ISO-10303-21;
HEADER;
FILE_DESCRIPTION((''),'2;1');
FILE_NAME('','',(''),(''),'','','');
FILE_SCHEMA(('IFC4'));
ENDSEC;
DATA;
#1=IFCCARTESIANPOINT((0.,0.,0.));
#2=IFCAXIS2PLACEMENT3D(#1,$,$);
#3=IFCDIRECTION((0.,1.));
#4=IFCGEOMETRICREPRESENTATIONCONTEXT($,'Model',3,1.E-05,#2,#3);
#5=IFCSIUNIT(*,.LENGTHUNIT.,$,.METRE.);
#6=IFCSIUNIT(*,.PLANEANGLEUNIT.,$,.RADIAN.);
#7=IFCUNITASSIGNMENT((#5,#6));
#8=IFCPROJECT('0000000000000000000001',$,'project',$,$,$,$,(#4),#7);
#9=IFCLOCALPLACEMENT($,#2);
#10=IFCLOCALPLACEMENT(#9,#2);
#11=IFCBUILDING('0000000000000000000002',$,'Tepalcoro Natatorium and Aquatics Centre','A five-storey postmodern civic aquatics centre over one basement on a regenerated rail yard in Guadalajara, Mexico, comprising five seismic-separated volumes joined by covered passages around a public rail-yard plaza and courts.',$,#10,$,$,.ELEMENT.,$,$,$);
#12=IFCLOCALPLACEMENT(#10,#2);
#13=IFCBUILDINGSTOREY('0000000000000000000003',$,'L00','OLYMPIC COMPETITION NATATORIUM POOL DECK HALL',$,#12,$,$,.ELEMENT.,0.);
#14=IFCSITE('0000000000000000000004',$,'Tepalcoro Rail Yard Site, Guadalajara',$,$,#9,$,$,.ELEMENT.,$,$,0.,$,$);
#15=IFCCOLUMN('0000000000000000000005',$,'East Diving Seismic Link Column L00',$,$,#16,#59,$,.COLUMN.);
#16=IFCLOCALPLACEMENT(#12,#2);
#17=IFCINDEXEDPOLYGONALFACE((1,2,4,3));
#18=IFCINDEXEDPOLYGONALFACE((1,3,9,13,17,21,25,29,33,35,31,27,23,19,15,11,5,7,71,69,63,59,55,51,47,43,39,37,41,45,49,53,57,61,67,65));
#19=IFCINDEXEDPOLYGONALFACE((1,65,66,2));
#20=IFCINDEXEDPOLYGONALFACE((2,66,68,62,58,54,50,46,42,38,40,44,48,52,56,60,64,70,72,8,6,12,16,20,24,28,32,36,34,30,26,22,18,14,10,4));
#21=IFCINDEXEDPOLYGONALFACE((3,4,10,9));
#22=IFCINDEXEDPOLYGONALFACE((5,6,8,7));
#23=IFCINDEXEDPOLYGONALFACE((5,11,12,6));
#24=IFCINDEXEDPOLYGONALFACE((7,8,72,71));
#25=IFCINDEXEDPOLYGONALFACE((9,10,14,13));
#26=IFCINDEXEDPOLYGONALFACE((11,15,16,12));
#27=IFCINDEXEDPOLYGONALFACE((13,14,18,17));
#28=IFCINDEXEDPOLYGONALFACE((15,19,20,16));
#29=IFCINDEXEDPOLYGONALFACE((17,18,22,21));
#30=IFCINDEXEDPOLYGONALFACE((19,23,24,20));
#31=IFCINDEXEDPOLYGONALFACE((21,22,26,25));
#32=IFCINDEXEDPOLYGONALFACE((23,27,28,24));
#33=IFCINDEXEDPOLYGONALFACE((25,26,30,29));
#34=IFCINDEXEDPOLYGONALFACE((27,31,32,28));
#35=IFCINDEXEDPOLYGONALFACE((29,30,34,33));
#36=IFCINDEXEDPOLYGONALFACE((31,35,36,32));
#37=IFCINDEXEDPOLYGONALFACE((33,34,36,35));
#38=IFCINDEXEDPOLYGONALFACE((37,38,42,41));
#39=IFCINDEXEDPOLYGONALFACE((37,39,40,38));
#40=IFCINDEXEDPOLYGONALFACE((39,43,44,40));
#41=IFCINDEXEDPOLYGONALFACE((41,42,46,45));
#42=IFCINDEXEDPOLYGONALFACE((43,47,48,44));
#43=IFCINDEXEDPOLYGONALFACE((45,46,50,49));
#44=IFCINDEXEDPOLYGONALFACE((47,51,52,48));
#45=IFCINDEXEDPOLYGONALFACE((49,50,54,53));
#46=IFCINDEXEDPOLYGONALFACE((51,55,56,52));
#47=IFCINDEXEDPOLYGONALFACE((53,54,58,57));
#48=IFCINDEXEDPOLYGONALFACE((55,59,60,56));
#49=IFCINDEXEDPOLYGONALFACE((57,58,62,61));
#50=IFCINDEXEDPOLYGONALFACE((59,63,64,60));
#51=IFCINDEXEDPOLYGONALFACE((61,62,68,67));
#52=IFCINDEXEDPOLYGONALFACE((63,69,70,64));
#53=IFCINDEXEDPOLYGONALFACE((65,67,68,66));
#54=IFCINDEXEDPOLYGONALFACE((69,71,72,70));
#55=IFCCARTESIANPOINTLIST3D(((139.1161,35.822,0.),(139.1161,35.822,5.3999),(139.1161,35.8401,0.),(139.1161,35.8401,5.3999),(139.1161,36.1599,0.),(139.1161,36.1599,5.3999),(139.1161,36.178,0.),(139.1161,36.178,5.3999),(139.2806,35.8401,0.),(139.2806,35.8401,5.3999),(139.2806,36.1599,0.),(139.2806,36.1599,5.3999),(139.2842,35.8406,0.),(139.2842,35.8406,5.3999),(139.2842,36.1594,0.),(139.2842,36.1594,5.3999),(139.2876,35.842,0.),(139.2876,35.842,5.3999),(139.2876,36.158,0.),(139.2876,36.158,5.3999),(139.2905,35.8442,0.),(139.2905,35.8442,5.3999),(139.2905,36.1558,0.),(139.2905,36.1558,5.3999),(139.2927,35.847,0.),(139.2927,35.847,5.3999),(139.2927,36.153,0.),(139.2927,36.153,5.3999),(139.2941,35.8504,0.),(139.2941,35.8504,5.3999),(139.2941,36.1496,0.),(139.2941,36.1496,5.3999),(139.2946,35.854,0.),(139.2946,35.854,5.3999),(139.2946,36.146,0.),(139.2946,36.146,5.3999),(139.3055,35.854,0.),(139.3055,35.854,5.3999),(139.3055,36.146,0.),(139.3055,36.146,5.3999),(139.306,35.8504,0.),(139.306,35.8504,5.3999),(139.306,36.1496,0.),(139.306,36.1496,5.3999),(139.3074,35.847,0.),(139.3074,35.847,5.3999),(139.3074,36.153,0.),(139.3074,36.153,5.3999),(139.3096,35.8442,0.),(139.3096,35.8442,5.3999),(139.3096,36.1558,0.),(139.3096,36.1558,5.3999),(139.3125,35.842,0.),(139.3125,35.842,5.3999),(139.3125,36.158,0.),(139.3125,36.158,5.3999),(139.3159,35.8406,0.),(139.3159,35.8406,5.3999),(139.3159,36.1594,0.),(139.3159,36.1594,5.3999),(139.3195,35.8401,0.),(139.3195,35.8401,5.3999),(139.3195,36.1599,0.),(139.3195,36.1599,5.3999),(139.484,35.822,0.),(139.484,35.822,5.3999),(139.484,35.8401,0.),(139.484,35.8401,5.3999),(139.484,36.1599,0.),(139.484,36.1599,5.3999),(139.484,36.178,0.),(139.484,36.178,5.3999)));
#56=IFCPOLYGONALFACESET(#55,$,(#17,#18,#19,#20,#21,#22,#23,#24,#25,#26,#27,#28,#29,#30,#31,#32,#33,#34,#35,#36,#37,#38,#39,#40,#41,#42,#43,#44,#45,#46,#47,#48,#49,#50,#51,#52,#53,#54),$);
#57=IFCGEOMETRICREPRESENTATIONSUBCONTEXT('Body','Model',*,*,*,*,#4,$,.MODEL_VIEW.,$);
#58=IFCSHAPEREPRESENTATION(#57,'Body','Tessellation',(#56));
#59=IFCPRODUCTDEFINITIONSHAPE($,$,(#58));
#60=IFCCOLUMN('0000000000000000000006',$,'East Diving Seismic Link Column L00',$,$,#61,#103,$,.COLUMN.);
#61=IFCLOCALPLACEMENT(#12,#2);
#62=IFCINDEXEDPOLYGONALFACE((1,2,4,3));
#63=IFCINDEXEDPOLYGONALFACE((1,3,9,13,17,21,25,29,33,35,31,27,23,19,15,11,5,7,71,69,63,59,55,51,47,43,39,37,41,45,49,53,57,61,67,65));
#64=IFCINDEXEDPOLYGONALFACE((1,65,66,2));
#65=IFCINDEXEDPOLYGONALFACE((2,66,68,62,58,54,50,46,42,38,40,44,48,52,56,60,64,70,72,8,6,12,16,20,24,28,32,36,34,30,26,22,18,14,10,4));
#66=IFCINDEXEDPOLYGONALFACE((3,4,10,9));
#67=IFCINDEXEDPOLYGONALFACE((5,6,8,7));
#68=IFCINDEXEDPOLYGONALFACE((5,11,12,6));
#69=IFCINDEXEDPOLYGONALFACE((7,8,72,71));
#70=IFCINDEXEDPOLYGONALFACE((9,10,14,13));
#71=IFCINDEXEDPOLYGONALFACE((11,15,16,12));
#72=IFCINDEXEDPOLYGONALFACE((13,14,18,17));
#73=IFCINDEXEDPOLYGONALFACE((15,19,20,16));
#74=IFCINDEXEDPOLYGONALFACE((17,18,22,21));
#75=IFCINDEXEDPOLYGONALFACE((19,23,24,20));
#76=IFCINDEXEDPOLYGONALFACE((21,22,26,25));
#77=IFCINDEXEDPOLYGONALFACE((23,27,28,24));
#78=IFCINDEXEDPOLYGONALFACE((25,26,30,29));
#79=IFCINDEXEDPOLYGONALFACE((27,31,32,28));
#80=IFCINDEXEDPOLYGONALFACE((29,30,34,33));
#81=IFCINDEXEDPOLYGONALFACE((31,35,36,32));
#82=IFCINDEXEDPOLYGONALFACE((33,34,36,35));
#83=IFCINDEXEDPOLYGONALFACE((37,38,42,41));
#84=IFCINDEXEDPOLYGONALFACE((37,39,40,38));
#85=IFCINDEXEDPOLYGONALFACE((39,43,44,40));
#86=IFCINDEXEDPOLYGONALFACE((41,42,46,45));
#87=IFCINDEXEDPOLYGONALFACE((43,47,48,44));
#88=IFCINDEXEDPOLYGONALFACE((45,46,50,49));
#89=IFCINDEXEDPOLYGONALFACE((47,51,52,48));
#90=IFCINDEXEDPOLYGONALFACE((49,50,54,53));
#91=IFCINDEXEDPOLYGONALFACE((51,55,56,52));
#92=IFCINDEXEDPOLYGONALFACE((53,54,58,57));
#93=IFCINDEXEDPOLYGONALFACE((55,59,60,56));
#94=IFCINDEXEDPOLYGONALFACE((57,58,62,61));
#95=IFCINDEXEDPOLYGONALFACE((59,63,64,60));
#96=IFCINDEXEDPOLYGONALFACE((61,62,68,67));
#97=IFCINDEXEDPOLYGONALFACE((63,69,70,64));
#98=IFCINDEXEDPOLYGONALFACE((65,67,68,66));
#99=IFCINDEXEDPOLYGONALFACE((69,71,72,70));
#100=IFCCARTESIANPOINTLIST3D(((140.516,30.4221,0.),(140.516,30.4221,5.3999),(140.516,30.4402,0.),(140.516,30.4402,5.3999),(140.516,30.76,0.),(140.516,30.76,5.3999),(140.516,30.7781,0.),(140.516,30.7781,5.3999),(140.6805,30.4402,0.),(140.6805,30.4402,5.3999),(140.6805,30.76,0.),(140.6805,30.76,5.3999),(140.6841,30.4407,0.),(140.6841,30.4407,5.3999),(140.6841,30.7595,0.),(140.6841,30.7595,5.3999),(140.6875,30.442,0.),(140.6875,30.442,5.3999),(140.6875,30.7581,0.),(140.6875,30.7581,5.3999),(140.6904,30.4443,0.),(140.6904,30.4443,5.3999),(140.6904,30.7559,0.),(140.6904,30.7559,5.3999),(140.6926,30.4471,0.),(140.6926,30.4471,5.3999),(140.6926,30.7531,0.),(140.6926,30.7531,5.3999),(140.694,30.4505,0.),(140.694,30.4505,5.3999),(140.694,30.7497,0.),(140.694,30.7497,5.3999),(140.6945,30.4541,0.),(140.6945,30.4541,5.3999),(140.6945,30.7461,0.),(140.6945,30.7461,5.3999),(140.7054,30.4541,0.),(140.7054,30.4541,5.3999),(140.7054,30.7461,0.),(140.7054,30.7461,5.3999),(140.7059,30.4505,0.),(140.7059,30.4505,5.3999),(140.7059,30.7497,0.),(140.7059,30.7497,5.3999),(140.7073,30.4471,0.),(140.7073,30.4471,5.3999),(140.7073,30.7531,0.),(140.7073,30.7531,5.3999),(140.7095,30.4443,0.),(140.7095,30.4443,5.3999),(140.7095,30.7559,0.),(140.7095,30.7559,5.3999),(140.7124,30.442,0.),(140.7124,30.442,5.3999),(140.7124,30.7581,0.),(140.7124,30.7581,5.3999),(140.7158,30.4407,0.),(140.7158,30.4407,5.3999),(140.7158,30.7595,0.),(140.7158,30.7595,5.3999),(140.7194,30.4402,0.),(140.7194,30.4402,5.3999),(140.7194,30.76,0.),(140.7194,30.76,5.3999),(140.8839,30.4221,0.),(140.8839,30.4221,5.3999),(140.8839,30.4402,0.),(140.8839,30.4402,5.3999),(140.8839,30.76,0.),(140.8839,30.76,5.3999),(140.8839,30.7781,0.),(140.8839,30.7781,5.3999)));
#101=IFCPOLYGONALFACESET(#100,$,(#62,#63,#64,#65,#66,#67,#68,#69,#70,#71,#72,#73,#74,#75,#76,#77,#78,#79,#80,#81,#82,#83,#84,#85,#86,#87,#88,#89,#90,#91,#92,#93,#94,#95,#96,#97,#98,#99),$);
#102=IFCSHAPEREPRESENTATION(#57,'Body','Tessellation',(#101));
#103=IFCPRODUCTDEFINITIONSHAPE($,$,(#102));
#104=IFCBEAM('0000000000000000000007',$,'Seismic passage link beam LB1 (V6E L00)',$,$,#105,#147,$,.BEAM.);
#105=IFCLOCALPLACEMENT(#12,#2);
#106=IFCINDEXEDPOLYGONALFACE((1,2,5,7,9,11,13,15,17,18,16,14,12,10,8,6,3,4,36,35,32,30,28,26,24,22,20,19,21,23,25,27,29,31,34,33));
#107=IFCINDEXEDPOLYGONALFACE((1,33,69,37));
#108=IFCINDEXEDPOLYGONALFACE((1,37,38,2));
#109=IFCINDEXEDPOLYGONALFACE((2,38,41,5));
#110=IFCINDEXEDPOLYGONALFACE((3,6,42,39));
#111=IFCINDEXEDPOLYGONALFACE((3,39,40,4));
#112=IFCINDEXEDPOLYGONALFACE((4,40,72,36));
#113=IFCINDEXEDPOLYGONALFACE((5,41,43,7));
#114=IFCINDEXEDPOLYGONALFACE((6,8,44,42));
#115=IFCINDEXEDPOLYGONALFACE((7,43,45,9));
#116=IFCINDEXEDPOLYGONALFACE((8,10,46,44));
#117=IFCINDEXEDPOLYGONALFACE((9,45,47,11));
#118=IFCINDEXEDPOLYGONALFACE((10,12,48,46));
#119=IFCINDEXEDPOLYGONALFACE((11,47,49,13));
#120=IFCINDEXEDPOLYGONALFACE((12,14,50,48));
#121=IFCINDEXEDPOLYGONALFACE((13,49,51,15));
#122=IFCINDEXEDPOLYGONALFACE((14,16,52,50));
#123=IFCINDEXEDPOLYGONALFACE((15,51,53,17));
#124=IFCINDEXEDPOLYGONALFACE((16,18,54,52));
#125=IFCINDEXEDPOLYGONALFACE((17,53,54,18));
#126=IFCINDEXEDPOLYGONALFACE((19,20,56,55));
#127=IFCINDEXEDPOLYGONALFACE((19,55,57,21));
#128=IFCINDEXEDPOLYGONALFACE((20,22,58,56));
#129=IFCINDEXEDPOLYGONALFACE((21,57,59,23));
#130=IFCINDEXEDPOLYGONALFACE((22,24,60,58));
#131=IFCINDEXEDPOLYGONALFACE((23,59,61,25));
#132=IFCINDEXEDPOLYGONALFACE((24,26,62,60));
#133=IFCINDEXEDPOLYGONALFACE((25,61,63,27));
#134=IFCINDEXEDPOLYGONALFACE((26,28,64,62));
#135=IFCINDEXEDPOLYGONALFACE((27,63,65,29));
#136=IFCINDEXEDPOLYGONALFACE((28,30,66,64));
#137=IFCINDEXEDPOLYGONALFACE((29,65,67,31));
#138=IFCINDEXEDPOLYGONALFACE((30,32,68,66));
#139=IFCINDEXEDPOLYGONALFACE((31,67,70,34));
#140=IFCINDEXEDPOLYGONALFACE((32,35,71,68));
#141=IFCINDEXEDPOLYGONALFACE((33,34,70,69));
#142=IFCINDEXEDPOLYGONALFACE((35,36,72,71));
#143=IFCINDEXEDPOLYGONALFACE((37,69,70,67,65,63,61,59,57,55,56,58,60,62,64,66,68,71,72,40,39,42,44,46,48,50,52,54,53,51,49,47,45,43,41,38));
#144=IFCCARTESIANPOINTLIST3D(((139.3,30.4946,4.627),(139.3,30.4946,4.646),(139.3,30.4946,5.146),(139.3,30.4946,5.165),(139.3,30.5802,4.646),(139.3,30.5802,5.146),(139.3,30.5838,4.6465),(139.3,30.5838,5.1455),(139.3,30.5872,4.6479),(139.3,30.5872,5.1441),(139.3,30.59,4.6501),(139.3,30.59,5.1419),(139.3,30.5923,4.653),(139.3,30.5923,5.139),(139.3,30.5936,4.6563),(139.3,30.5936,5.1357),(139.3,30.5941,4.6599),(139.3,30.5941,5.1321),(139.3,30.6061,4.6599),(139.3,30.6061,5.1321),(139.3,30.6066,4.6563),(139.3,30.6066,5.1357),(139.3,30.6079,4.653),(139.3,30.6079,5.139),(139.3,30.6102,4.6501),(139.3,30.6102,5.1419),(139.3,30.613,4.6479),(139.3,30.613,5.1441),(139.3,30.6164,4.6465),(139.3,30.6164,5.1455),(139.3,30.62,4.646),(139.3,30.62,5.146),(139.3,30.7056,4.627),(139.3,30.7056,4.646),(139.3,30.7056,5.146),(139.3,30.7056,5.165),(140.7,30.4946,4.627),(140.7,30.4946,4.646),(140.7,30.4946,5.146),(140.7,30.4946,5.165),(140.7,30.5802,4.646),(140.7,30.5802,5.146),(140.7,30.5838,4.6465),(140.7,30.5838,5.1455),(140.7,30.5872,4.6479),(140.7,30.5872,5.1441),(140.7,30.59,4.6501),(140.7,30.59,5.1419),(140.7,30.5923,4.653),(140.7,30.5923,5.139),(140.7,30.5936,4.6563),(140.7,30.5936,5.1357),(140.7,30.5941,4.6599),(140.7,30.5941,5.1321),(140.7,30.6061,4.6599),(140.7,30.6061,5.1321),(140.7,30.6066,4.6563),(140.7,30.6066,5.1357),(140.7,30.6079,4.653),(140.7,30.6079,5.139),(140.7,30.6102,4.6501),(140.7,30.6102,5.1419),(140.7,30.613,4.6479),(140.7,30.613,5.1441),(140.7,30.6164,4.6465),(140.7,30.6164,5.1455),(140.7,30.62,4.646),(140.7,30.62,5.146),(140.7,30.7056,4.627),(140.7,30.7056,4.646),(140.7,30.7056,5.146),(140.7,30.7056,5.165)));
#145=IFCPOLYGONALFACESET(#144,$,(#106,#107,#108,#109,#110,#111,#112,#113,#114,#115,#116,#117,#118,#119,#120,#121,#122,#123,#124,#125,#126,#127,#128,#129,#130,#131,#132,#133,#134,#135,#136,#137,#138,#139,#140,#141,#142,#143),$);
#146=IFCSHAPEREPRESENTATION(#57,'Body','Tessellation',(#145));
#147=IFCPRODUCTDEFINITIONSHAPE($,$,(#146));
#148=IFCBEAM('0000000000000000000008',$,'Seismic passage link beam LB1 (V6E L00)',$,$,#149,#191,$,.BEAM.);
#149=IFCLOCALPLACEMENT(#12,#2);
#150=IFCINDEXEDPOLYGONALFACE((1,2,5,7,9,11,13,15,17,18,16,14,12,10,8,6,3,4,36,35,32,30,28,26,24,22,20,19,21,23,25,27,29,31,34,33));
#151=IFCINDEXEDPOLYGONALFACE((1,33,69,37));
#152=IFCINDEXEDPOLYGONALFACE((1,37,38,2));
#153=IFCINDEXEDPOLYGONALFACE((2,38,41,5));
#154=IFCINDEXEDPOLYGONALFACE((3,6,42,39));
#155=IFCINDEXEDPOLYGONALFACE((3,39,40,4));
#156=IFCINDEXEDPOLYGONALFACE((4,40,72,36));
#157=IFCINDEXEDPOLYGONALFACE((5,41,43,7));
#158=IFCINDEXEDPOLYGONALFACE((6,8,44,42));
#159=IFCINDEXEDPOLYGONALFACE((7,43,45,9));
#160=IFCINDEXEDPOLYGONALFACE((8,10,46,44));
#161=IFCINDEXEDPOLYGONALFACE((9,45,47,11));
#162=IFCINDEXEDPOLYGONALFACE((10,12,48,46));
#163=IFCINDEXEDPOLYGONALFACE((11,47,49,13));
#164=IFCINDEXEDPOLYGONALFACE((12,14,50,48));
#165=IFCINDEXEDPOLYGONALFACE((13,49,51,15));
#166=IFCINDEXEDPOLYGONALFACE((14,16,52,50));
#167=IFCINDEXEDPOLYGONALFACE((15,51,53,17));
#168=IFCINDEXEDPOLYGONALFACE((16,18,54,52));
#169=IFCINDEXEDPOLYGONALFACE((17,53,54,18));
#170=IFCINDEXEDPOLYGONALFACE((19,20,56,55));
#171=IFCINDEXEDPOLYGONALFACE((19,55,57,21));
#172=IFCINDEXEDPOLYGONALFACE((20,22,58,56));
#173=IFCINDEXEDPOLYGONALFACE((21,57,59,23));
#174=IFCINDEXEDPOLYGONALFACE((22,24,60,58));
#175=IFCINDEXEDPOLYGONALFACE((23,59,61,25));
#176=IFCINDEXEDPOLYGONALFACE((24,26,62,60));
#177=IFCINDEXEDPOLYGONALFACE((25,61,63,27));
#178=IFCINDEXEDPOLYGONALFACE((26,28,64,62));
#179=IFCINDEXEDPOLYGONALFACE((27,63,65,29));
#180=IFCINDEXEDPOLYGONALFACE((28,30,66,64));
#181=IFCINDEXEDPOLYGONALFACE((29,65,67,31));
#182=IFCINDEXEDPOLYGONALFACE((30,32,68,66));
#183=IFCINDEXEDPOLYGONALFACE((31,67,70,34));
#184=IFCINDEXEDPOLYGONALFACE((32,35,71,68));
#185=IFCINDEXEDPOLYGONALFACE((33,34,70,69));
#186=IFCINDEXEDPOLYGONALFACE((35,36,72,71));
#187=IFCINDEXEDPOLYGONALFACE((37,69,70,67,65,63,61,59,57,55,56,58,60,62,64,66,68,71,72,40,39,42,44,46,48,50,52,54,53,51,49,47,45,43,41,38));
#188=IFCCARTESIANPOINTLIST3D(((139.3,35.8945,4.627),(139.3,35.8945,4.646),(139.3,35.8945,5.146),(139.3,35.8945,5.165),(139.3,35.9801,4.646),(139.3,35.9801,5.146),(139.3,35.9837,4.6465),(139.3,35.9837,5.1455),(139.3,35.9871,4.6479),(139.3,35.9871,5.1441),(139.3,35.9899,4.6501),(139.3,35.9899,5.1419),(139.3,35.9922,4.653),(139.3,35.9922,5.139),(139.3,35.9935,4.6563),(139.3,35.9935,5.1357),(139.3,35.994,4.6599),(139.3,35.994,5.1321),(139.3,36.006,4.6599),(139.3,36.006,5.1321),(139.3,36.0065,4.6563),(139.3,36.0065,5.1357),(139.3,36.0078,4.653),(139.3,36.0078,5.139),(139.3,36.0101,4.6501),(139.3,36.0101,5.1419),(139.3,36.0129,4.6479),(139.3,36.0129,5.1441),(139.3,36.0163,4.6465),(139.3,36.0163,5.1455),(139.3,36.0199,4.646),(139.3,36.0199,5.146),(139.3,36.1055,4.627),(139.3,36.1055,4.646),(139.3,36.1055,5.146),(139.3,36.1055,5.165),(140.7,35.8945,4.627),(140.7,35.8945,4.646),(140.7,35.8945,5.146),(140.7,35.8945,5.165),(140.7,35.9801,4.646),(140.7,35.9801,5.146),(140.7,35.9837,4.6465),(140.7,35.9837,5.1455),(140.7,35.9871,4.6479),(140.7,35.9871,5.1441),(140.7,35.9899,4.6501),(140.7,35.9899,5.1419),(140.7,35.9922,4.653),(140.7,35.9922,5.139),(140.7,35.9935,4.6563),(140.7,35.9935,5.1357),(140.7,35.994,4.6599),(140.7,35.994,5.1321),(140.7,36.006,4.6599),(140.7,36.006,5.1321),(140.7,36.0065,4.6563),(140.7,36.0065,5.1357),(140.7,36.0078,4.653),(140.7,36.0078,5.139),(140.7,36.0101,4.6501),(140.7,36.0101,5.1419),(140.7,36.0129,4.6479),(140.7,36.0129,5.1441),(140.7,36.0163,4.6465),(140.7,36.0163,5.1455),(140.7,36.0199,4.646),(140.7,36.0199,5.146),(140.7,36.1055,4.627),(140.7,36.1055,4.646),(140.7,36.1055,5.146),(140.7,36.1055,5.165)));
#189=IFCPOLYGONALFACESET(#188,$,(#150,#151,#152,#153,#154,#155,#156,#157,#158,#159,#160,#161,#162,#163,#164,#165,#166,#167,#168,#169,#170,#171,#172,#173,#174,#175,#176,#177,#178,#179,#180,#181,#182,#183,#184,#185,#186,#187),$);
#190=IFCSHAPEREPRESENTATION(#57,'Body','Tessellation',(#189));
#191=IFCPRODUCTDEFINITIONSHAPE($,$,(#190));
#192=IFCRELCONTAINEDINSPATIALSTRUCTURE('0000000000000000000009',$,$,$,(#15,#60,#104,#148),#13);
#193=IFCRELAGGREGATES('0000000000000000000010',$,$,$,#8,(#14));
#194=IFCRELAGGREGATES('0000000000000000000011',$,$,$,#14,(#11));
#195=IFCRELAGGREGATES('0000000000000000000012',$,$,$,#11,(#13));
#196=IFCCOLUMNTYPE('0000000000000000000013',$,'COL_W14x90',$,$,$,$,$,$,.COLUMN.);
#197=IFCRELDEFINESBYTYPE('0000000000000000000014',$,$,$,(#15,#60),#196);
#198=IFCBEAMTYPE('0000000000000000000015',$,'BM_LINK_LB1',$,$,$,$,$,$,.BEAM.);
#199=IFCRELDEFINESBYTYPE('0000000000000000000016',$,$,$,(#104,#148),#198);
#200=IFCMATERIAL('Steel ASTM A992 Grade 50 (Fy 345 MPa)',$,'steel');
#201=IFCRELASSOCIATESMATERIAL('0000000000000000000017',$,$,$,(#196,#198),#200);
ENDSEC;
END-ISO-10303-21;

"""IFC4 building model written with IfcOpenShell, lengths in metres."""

from ifc_helpers import new_model, si_unit, direction, frame, origin, origin_2d, place, context, subcontext, project, spatial, i_section, extrude, material, material_profile, profile_set, type_object, element, save


model = new_model("IFC4")

# Units and contexts
model_context = context("Model", 3, precision=1e-05, world=origin(), true_north=direction((0.0, 1.0)))
body_context = subcontext(model_context, "Body", "Model", "MODEL_VIEW")
ifc_project = project(units=[si_unit("LENGTHUNIT", "METRE"), si_unit("PLANEANGLEUNIT", "RADIAN")], contexts=[model_context])

# Site, building, storey
site_placement = place(None, origin())
site = spatial("IfcSite", under=ifc_project, at=site_placement, Name="Tepalcoro Rail Yard Site, Guadalajara", CompositionType="ELEMENT", RefElevation=0.0)
building_placement = place(site_placement, origin())
building = spatial("IfcBuilding", under=site, at=building_placement, Name="Tepalcoro Natatorium and Aquatics Centre", Description="A five-storey postmodern civic aquatics centre over one basement on a regenerated rail yard in Guadalajara, Mexico, comprising five seismic-separated volumes joined by covered passages around a public rail-yard plaza and courts.", CompositionType="ELEMENT")
storey_placement = place(building_placement, origin())
storey = spatial("IfcBuildingStorey", under=building, at=storey_placement, Name="L00", Description="OLYMPIC COMPETITION NATATORIUM POOL DECK HALL", CompositionType="ELEMENT", Elevation=0.0)

# Columns
ifc_material_1 = material(Name="Steel ASTM A992 Grade 50 (Fy 345 MPa)", Category="steel")
ifc_material_profile_1 = material_profile(ifc_material_1, i_section(OverallWidth=0.3679, OverallDepth=0.356, WebThickness=0.011, FlangeThickness=0.0181, FilletRadius=0.0139, at=origin_2d()), Name="W14X90")
ifc_profile_set_1 = profile_set([ifc_material_profile_1], Name="Steel ASTM A992 Grade 50 (Fy 345 MPa)")
column_type_1 = type_object("IfcColumnType", Name="COL_W14x90", PredefinedType="COLUMN", material=ifc_profile_set_1)
for number, where, z_axis, x_axis, name in (
    (1, (139.3, 36.0, 0.0), (0.0, 0.0, 1.0), (1.0, 0.0, 0.0), "East Diving Seismic Link Column L00"),
    (2, (140.7, 30.6001, 0.0), (0.0, 0.0, 1.0), (1.0, 0.0, 0.0), "East Diving Seismic Link Column L00"),
):
    element("IfcColumn", number, at=place(storey_placement, frame(where, z_axis=z_axis, x_axis=x_axis)), inside=storey, type_object=column_type_1, Name=name, PredefinedType="COLUMN", context=body_context, shape_type="SweptSolid", body=[
        extrude(i_section(OverallWidth=0.3679, OverallDepth=0.356, WebThickness=0.011, FlangeThickness=0.0181, FilletRadius=0.0139, at=origin_2d()), origin(), (0.0, 0.0, 1.0), 5.3999),
    ])

# Beams
ifc_material_profile_2 = material_profile(ifc_material_1, i_section(OverallWidth=0.2109, OverallDepth=0.5381, WebThickness=0.012, FlangeThickness=0.019, FilletRadius=0.0139, at=origin_2d()), Name="W21X73")
ifc_profile_set_2 = profile_set([ifc_material_profile_2], Name="Steel ASTM A992 Grade 50 (Fy 345 MPa)")
beam_type_1 = type_object("IfcBeamType", Name="BM_LINK_LB1", PredefinedType="BEAM", material=ifc_profile_set_2)
for number, where, z_axis, x_axis, name in (
    (3, (139.3, 30.6001, 4.896), (1.0, 0.0, 0.0), (0.0, 1.0, 0.0), "Seismic passage link beam LB1 (V6E L00)"),
    (4, (139.3, 36.0, 4.896), (1.0, 0.0, 0.0), (0.0, 1.0, 0.0), "Seismic passage link beam LB1 (V6E L00)"),
):
    element("IfcBeam", number, at=place(storey_placement, frame(where, z_axis=z_axis, x_axis=x_axis)), inside=storey, type_object=beam_type_1, Name=name, PredefinedType="BEAM", context=body_context, shape_type="SweptSolid", body=[
        extrude(i_section(OverallWidth=0.2109, OverallDepth=0.5381, WebThickness=0.012, FlangeThickness=0.019, FilletRadius=0.0139, at=origin_2d()), origin(), (0.0, 0.0, 1.0), 1.3999),
    ])

save(model, "model.ifc")
